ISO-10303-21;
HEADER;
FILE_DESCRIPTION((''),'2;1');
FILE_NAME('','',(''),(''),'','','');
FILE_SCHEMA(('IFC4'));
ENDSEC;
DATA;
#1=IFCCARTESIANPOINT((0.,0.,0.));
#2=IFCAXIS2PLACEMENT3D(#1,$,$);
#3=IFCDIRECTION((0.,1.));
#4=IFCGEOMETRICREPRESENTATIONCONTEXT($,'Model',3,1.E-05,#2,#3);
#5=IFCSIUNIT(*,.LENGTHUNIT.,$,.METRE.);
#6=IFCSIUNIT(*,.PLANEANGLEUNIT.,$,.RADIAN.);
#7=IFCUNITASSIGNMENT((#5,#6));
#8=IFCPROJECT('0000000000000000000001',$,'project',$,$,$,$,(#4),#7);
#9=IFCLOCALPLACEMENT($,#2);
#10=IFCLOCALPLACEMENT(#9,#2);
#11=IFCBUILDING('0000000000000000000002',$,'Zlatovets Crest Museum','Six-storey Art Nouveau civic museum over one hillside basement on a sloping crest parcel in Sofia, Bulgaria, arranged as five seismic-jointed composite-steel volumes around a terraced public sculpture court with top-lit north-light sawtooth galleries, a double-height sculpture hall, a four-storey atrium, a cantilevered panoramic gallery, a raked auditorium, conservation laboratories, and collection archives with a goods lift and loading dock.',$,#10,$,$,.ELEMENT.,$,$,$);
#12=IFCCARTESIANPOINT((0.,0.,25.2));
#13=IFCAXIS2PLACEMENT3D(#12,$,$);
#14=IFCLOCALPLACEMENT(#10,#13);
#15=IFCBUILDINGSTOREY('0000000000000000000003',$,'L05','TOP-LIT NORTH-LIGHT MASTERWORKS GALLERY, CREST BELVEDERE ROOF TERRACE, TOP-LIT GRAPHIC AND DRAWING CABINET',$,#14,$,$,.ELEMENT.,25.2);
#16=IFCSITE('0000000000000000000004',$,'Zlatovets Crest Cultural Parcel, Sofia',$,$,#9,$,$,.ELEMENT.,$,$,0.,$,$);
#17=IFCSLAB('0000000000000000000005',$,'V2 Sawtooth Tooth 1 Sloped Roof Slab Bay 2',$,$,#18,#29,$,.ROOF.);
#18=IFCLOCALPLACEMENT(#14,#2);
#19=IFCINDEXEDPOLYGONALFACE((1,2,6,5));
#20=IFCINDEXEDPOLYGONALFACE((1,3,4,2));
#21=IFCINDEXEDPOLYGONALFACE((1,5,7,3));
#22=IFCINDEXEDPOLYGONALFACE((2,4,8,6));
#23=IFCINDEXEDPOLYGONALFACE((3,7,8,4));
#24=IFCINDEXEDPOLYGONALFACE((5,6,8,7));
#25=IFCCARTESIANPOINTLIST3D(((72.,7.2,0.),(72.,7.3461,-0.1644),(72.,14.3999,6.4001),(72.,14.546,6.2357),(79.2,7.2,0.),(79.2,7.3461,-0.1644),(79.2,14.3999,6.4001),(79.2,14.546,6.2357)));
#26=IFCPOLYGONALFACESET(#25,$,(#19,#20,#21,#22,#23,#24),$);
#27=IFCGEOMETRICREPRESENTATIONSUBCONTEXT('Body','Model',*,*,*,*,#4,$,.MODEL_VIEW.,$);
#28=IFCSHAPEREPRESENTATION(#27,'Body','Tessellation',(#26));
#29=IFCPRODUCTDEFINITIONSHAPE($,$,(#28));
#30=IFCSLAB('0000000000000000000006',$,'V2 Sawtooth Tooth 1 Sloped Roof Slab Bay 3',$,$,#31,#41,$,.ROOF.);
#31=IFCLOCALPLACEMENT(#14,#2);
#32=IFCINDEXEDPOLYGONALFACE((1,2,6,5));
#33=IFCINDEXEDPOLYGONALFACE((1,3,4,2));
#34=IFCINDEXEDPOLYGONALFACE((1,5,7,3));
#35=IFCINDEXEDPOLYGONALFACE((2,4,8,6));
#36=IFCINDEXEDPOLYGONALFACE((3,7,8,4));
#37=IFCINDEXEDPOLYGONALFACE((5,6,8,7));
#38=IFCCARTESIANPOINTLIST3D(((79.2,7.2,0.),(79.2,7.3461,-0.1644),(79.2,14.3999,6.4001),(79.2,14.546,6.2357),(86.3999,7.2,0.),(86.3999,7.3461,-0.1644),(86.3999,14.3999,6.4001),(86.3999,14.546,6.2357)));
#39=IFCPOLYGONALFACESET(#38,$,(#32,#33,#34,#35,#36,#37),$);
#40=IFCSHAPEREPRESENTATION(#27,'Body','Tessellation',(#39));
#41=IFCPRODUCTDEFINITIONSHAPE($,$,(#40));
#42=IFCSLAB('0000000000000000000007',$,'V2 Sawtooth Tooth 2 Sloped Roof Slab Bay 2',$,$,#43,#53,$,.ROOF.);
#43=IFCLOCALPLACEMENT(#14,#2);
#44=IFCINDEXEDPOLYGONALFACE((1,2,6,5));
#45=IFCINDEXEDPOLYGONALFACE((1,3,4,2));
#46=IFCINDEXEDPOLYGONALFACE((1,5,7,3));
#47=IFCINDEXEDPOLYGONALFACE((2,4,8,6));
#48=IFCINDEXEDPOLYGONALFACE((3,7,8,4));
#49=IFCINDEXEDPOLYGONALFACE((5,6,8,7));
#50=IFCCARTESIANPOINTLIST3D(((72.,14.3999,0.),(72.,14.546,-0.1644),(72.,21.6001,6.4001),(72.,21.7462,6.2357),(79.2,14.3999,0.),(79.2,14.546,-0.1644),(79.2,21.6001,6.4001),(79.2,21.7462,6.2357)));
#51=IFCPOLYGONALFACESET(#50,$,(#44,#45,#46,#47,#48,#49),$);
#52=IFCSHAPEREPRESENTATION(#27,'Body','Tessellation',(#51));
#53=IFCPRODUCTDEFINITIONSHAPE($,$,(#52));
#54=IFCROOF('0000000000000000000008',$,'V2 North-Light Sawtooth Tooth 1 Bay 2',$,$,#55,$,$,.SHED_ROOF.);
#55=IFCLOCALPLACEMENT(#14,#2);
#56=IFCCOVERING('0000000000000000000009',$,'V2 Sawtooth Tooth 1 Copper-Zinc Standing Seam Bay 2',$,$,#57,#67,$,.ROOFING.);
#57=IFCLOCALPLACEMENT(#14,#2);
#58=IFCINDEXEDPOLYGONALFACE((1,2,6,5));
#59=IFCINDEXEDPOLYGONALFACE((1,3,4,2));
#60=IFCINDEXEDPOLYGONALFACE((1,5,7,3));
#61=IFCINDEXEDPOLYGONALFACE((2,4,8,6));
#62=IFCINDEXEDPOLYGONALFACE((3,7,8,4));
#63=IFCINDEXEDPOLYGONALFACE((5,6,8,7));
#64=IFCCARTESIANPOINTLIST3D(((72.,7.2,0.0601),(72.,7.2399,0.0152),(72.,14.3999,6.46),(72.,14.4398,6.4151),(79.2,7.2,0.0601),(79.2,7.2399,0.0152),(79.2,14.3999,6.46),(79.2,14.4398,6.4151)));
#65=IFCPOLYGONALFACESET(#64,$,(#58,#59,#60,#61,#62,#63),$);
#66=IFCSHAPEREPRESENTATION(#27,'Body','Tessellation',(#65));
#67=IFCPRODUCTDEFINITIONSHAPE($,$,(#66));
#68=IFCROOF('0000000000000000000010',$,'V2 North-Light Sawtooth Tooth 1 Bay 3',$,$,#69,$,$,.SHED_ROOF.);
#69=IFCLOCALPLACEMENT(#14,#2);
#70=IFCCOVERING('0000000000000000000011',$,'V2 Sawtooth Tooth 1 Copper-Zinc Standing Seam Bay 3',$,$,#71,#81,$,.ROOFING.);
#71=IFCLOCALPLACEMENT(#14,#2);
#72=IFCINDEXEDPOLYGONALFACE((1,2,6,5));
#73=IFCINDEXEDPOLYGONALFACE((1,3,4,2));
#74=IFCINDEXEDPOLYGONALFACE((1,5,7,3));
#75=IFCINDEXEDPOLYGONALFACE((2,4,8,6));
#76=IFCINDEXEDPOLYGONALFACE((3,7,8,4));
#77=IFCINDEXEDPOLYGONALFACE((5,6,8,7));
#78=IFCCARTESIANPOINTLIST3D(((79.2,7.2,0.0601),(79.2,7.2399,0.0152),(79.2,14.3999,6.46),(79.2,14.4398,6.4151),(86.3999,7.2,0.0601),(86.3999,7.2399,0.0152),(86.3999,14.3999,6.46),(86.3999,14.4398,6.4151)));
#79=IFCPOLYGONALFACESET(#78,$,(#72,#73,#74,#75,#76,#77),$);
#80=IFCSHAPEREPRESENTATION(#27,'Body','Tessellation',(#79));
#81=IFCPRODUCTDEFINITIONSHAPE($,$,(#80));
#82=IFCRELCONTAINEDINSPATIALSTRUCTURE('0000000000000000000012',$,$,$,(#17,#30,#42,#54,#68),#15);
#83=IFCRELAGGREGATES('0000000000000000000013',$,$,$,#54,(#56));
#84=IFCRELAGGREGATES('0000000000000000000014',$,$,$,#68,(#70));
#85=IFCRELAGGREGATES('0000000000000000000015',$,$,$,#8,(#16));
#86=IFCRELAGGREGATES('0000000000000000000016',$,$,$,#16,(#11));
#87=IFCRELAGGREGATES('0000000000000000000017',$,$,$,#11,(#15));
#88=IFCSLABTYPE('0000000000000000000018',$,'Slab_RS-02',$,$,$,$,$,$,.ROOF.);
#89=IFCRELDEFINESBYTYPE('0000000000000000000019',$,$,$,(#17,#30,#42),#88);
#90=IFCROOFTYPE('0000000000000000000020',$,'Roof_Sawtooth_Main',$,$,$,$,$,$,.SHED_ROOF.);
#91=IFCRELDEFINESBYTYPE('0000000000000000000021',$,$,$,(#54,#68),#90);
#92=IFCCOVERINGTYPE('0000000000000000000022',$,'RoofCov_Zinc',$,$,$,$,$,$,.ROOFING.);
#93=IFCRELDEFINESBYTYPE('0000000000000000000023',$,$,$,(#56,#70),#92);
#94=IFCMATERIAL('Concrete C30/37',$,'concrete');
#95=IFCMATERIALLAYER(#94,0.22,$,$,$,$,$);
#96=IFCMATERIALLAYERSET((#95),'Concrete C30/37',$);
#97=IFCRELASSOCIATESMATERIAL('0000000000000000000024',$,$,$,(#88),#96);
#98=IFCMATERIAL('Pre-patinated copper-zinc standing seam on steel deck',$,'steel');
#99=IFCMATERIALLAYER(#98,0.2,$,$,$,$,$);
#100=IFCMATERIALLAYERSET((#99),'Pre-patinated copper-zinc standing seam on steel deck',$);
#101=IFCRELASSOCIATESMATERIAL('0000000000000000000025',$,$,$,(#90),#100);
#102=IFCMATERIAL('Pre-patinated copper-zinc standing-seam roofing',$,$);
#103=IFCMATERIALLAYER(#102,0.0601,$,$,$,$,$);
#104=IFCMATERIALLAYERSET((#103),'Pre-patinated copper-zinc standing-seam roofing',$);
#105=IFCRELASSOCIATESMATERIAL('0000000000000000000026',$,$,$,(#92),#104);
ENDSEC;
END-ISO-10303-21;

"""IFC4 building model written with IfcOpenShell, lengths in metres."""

from ifc_helpers import new_model, si_unit, direction, frame, origin, place, context, subcontext, project, spatial, polyline, outline, extrude, material, layer, layer_set, type_object, element, aggregate, save


model = new_model("IFC4")

# Units and contexts
model_context = context("Model", 3, precision=1e-05, world=origin(), true_north=direction((0.0, 1.0)))
body_context = subcontext(model_context, "Body", "Model", "MODEL_VIEW")
ifc_project = project(units=[si_unit("LENGTHUNIT", "METRE"), si_unit("PLANEANGLEUNIT", "RADIAN")], contexts=[model_context])

# Site, building, storey
site_placement = place(None, origin())
site = spatial("IfcSite", under=ifc_project, at=site_placement, Name="Zlatovets Crest Cultural Parcel, Sofia", CompositionType="ELEMENT", RefElevation=0.0)
building_placement = place(site_placement, origin())
building = spatial("IfcBuilding", under=site, at=building_placement, Name="Zlatovets Crest Museum", Description="Six-storey Art Nouveau civic museum over one hillside basement on a sloping crest parcel in Sofia, Bulgaria, arranged as five seismic-jointed composite-steel volumes around a terraced public sculpture court with top-lit north-light sawtooth galleries, a double-height sculpture hall, a four-storey atrium, a cantilevered panoramic gallery, a raked auditorium, conservation laboratories, and collection archives with a goods lift and loading dock.", CompositionType="ELEMENT")
storey_placement = place(building_placement, frame((0.0, 0.0, 25.2)))
storey = spatial("IfcBuildingStorey", under=building, at=storey_placement, Name="L05", Description="TOP-LIT NORTH-LIGHT MASTERWORKS GALLERY, CREST BELVEDERE ROOF TERRACE, TOP-LIT GRAPHIC AND DRAWING CABINET", CompositionType="ELEMENT", Elevation=25.2)

# Slabs
ifc_material_1 = material(Name="Concrete C30/37", Category="concrete")
ifc_layer_1 = layer(ifc_material_1, 0.22)
ifc_layer_set_1 = layer_set([ifc_layer_1], Name="Concrete C30/37")
slab_type = type_object("IfcSlabType", Name="Slab_RS-02", PredefinedType="ROOF", material=ifc_layer_set_1)
for number, where, z_axis, x_axis, name in (
    (1, (72.0, 7.2, 0.0), (0.0, -0.664375, 0.7474), (1.0, 0.0, 0.0), "V2 Sawtooth Tooth 1 Sloped Roof Slab Bay 2"),
    (2, (79.2, 7.2, 0.0), (0.0, -0.664375, 0.7474), (1.0, 0.0, 0.0), "V2 Sawtooth Tooth 1 Sloped Roof Slab Bay 3"),
):
    element("IfcSlab", number, at=place(storey_placement, frame(where, z_axis=z_axis, x_axis=x_axis)), inside=storey, type_object=slab_type, Name=name, PredefinedType="ROOF", context=body_context, shape_type="SweptSolid", body=[
        extrude(outline(polyline([(0.0, 0.0), (7.2, 0.0), (7.2, 9.6333), (0.0, 9.6333), (0.0, 0.0)])), origin(), (0.0, 0.0, -1.0), 0.22),
    ])
slab_placement = place(storey_placement, frame((72.0, 14.3999, 0.0), z_axis=(0.0, -0.664362, 0.747411), x_axis=(1.0, 0.0, 0.0)))
element("IfcSlab", 3, at=slab_placement, inside=storey, type_object=slab_type, Name="V2 Sawtooth Tooth 2 Sloped Roof Slab Bay 2", PredefinedType="ROOF", context=body_context, shape_type="SweptSolid", body=[
    extrude(outline(polyline([(0.0, 0.0), (7.2, 0.0), (7.2, 9.6335), (0.0, 9.6335), (0.0, 0.0)])), origin(), (0.0, 0.0, -1.0), 0.22),
])

# Roofs, coverings
ifc_material_2 = material(Name="Pre-patinated copper-zinc standing seam on steel deck", Category="steel")
ifc_layer_2 = layer(ifc_material_2, 0.2)
ifc_layer_set_2 = layer_set([ifc_layer_2], Name="Pre-patinated copper-zinc standing seam on steel deck")
roof_type = type_object("IfcRoofType", Name="Roof_Sawtooth_Main", PredefinedType="SHED_ROOF", material=ifc_layer_set_2)
roof_1_placement = place(storey_placement, origin())
roof_1 = element("IfcRoof", 4, at=roof_1_placement, inside=storey, type_object=roof_type, Name="V2 North-Light Sawtooth Tooth 1 Bay 2", PredefinedType="SHED_ROOF")
ifc_material_3 = material(Name="Pre-patinated copper-zinc standing-seam roofing")
ifc_layer_3 = layer(ifc_material_3, 0.0601)
ifc_layer_set_3 = layer_set([ifc_layer_3], Name="Pre-patinated copper-zinc standing-seam roofing")
covering_type = type_object("IfcCoveringType", Name="RoofCov_Zinc", PredefinedType="ROOFING", material=ifc_layer_set_3)
covering_1_placement = place(storey_placement, frame((72.0, 7.2, 0.0601), z_axis=(0.0, -0.664361, 0.747412), x_axis=(1.0, 0.0, 0.0)))
covering_1 = element("IfcCovering", 5, at=covering_1_placement, type_object=covering_type, Name="V2 Sawtooth Tooth 1 Copper-Zinc Standing Seam Bay 2", PredefinedType="ROOFING", context=body_context, shape_type="SweptSolid", body=[
    extrude(outline(polyline([(0.0, 0.0), (7.2, 0.0), (7.2, 9.6332), (0.0, 9.6332), (0.0, 0.0)])), origin(), (0.0, 0.0, -1.0), 0.0601),
])
aggregate(roof_1, [covering_1])
roof_2_placement = place(storey_placement, origin())
roof_2 = element("IfcRoof", 6, at=roof_2_placement, inside=storey, type_object=roof_type, Name="V2 North-Light Sawtooth Tooth 1 Bay 3", PredefinedType="SHED_ROOF")
covering_2_placement = place(storey_placement, frame((79.2, 7.2, 0.0601), z_axis=(0.0, -0.664361, 0.747412), x_axis=(1.0, 0.0, 0.0)))
covering_2 = element("IfcCovering", 7, at=covering_2_placement, type_object=covering_type, Name="V2 Sawtooth Tooth 1 Copper-Zinc Standing Seam Bay 3", PredefinedType="ROOFING", context=body_context, shape_type="SweptSolid", body=[
    extrude(outline(polyline([(0.0, 0.0), (7.2, 0.0), (7.2, 9.6332), (0.0, 9.6332), (0.0, 0.0)])), origin(), (0.0, 0.0, -1.0), 0.0601),
])
aggregate(roof_2, [covering_2])

save(model, "model.ifc")
